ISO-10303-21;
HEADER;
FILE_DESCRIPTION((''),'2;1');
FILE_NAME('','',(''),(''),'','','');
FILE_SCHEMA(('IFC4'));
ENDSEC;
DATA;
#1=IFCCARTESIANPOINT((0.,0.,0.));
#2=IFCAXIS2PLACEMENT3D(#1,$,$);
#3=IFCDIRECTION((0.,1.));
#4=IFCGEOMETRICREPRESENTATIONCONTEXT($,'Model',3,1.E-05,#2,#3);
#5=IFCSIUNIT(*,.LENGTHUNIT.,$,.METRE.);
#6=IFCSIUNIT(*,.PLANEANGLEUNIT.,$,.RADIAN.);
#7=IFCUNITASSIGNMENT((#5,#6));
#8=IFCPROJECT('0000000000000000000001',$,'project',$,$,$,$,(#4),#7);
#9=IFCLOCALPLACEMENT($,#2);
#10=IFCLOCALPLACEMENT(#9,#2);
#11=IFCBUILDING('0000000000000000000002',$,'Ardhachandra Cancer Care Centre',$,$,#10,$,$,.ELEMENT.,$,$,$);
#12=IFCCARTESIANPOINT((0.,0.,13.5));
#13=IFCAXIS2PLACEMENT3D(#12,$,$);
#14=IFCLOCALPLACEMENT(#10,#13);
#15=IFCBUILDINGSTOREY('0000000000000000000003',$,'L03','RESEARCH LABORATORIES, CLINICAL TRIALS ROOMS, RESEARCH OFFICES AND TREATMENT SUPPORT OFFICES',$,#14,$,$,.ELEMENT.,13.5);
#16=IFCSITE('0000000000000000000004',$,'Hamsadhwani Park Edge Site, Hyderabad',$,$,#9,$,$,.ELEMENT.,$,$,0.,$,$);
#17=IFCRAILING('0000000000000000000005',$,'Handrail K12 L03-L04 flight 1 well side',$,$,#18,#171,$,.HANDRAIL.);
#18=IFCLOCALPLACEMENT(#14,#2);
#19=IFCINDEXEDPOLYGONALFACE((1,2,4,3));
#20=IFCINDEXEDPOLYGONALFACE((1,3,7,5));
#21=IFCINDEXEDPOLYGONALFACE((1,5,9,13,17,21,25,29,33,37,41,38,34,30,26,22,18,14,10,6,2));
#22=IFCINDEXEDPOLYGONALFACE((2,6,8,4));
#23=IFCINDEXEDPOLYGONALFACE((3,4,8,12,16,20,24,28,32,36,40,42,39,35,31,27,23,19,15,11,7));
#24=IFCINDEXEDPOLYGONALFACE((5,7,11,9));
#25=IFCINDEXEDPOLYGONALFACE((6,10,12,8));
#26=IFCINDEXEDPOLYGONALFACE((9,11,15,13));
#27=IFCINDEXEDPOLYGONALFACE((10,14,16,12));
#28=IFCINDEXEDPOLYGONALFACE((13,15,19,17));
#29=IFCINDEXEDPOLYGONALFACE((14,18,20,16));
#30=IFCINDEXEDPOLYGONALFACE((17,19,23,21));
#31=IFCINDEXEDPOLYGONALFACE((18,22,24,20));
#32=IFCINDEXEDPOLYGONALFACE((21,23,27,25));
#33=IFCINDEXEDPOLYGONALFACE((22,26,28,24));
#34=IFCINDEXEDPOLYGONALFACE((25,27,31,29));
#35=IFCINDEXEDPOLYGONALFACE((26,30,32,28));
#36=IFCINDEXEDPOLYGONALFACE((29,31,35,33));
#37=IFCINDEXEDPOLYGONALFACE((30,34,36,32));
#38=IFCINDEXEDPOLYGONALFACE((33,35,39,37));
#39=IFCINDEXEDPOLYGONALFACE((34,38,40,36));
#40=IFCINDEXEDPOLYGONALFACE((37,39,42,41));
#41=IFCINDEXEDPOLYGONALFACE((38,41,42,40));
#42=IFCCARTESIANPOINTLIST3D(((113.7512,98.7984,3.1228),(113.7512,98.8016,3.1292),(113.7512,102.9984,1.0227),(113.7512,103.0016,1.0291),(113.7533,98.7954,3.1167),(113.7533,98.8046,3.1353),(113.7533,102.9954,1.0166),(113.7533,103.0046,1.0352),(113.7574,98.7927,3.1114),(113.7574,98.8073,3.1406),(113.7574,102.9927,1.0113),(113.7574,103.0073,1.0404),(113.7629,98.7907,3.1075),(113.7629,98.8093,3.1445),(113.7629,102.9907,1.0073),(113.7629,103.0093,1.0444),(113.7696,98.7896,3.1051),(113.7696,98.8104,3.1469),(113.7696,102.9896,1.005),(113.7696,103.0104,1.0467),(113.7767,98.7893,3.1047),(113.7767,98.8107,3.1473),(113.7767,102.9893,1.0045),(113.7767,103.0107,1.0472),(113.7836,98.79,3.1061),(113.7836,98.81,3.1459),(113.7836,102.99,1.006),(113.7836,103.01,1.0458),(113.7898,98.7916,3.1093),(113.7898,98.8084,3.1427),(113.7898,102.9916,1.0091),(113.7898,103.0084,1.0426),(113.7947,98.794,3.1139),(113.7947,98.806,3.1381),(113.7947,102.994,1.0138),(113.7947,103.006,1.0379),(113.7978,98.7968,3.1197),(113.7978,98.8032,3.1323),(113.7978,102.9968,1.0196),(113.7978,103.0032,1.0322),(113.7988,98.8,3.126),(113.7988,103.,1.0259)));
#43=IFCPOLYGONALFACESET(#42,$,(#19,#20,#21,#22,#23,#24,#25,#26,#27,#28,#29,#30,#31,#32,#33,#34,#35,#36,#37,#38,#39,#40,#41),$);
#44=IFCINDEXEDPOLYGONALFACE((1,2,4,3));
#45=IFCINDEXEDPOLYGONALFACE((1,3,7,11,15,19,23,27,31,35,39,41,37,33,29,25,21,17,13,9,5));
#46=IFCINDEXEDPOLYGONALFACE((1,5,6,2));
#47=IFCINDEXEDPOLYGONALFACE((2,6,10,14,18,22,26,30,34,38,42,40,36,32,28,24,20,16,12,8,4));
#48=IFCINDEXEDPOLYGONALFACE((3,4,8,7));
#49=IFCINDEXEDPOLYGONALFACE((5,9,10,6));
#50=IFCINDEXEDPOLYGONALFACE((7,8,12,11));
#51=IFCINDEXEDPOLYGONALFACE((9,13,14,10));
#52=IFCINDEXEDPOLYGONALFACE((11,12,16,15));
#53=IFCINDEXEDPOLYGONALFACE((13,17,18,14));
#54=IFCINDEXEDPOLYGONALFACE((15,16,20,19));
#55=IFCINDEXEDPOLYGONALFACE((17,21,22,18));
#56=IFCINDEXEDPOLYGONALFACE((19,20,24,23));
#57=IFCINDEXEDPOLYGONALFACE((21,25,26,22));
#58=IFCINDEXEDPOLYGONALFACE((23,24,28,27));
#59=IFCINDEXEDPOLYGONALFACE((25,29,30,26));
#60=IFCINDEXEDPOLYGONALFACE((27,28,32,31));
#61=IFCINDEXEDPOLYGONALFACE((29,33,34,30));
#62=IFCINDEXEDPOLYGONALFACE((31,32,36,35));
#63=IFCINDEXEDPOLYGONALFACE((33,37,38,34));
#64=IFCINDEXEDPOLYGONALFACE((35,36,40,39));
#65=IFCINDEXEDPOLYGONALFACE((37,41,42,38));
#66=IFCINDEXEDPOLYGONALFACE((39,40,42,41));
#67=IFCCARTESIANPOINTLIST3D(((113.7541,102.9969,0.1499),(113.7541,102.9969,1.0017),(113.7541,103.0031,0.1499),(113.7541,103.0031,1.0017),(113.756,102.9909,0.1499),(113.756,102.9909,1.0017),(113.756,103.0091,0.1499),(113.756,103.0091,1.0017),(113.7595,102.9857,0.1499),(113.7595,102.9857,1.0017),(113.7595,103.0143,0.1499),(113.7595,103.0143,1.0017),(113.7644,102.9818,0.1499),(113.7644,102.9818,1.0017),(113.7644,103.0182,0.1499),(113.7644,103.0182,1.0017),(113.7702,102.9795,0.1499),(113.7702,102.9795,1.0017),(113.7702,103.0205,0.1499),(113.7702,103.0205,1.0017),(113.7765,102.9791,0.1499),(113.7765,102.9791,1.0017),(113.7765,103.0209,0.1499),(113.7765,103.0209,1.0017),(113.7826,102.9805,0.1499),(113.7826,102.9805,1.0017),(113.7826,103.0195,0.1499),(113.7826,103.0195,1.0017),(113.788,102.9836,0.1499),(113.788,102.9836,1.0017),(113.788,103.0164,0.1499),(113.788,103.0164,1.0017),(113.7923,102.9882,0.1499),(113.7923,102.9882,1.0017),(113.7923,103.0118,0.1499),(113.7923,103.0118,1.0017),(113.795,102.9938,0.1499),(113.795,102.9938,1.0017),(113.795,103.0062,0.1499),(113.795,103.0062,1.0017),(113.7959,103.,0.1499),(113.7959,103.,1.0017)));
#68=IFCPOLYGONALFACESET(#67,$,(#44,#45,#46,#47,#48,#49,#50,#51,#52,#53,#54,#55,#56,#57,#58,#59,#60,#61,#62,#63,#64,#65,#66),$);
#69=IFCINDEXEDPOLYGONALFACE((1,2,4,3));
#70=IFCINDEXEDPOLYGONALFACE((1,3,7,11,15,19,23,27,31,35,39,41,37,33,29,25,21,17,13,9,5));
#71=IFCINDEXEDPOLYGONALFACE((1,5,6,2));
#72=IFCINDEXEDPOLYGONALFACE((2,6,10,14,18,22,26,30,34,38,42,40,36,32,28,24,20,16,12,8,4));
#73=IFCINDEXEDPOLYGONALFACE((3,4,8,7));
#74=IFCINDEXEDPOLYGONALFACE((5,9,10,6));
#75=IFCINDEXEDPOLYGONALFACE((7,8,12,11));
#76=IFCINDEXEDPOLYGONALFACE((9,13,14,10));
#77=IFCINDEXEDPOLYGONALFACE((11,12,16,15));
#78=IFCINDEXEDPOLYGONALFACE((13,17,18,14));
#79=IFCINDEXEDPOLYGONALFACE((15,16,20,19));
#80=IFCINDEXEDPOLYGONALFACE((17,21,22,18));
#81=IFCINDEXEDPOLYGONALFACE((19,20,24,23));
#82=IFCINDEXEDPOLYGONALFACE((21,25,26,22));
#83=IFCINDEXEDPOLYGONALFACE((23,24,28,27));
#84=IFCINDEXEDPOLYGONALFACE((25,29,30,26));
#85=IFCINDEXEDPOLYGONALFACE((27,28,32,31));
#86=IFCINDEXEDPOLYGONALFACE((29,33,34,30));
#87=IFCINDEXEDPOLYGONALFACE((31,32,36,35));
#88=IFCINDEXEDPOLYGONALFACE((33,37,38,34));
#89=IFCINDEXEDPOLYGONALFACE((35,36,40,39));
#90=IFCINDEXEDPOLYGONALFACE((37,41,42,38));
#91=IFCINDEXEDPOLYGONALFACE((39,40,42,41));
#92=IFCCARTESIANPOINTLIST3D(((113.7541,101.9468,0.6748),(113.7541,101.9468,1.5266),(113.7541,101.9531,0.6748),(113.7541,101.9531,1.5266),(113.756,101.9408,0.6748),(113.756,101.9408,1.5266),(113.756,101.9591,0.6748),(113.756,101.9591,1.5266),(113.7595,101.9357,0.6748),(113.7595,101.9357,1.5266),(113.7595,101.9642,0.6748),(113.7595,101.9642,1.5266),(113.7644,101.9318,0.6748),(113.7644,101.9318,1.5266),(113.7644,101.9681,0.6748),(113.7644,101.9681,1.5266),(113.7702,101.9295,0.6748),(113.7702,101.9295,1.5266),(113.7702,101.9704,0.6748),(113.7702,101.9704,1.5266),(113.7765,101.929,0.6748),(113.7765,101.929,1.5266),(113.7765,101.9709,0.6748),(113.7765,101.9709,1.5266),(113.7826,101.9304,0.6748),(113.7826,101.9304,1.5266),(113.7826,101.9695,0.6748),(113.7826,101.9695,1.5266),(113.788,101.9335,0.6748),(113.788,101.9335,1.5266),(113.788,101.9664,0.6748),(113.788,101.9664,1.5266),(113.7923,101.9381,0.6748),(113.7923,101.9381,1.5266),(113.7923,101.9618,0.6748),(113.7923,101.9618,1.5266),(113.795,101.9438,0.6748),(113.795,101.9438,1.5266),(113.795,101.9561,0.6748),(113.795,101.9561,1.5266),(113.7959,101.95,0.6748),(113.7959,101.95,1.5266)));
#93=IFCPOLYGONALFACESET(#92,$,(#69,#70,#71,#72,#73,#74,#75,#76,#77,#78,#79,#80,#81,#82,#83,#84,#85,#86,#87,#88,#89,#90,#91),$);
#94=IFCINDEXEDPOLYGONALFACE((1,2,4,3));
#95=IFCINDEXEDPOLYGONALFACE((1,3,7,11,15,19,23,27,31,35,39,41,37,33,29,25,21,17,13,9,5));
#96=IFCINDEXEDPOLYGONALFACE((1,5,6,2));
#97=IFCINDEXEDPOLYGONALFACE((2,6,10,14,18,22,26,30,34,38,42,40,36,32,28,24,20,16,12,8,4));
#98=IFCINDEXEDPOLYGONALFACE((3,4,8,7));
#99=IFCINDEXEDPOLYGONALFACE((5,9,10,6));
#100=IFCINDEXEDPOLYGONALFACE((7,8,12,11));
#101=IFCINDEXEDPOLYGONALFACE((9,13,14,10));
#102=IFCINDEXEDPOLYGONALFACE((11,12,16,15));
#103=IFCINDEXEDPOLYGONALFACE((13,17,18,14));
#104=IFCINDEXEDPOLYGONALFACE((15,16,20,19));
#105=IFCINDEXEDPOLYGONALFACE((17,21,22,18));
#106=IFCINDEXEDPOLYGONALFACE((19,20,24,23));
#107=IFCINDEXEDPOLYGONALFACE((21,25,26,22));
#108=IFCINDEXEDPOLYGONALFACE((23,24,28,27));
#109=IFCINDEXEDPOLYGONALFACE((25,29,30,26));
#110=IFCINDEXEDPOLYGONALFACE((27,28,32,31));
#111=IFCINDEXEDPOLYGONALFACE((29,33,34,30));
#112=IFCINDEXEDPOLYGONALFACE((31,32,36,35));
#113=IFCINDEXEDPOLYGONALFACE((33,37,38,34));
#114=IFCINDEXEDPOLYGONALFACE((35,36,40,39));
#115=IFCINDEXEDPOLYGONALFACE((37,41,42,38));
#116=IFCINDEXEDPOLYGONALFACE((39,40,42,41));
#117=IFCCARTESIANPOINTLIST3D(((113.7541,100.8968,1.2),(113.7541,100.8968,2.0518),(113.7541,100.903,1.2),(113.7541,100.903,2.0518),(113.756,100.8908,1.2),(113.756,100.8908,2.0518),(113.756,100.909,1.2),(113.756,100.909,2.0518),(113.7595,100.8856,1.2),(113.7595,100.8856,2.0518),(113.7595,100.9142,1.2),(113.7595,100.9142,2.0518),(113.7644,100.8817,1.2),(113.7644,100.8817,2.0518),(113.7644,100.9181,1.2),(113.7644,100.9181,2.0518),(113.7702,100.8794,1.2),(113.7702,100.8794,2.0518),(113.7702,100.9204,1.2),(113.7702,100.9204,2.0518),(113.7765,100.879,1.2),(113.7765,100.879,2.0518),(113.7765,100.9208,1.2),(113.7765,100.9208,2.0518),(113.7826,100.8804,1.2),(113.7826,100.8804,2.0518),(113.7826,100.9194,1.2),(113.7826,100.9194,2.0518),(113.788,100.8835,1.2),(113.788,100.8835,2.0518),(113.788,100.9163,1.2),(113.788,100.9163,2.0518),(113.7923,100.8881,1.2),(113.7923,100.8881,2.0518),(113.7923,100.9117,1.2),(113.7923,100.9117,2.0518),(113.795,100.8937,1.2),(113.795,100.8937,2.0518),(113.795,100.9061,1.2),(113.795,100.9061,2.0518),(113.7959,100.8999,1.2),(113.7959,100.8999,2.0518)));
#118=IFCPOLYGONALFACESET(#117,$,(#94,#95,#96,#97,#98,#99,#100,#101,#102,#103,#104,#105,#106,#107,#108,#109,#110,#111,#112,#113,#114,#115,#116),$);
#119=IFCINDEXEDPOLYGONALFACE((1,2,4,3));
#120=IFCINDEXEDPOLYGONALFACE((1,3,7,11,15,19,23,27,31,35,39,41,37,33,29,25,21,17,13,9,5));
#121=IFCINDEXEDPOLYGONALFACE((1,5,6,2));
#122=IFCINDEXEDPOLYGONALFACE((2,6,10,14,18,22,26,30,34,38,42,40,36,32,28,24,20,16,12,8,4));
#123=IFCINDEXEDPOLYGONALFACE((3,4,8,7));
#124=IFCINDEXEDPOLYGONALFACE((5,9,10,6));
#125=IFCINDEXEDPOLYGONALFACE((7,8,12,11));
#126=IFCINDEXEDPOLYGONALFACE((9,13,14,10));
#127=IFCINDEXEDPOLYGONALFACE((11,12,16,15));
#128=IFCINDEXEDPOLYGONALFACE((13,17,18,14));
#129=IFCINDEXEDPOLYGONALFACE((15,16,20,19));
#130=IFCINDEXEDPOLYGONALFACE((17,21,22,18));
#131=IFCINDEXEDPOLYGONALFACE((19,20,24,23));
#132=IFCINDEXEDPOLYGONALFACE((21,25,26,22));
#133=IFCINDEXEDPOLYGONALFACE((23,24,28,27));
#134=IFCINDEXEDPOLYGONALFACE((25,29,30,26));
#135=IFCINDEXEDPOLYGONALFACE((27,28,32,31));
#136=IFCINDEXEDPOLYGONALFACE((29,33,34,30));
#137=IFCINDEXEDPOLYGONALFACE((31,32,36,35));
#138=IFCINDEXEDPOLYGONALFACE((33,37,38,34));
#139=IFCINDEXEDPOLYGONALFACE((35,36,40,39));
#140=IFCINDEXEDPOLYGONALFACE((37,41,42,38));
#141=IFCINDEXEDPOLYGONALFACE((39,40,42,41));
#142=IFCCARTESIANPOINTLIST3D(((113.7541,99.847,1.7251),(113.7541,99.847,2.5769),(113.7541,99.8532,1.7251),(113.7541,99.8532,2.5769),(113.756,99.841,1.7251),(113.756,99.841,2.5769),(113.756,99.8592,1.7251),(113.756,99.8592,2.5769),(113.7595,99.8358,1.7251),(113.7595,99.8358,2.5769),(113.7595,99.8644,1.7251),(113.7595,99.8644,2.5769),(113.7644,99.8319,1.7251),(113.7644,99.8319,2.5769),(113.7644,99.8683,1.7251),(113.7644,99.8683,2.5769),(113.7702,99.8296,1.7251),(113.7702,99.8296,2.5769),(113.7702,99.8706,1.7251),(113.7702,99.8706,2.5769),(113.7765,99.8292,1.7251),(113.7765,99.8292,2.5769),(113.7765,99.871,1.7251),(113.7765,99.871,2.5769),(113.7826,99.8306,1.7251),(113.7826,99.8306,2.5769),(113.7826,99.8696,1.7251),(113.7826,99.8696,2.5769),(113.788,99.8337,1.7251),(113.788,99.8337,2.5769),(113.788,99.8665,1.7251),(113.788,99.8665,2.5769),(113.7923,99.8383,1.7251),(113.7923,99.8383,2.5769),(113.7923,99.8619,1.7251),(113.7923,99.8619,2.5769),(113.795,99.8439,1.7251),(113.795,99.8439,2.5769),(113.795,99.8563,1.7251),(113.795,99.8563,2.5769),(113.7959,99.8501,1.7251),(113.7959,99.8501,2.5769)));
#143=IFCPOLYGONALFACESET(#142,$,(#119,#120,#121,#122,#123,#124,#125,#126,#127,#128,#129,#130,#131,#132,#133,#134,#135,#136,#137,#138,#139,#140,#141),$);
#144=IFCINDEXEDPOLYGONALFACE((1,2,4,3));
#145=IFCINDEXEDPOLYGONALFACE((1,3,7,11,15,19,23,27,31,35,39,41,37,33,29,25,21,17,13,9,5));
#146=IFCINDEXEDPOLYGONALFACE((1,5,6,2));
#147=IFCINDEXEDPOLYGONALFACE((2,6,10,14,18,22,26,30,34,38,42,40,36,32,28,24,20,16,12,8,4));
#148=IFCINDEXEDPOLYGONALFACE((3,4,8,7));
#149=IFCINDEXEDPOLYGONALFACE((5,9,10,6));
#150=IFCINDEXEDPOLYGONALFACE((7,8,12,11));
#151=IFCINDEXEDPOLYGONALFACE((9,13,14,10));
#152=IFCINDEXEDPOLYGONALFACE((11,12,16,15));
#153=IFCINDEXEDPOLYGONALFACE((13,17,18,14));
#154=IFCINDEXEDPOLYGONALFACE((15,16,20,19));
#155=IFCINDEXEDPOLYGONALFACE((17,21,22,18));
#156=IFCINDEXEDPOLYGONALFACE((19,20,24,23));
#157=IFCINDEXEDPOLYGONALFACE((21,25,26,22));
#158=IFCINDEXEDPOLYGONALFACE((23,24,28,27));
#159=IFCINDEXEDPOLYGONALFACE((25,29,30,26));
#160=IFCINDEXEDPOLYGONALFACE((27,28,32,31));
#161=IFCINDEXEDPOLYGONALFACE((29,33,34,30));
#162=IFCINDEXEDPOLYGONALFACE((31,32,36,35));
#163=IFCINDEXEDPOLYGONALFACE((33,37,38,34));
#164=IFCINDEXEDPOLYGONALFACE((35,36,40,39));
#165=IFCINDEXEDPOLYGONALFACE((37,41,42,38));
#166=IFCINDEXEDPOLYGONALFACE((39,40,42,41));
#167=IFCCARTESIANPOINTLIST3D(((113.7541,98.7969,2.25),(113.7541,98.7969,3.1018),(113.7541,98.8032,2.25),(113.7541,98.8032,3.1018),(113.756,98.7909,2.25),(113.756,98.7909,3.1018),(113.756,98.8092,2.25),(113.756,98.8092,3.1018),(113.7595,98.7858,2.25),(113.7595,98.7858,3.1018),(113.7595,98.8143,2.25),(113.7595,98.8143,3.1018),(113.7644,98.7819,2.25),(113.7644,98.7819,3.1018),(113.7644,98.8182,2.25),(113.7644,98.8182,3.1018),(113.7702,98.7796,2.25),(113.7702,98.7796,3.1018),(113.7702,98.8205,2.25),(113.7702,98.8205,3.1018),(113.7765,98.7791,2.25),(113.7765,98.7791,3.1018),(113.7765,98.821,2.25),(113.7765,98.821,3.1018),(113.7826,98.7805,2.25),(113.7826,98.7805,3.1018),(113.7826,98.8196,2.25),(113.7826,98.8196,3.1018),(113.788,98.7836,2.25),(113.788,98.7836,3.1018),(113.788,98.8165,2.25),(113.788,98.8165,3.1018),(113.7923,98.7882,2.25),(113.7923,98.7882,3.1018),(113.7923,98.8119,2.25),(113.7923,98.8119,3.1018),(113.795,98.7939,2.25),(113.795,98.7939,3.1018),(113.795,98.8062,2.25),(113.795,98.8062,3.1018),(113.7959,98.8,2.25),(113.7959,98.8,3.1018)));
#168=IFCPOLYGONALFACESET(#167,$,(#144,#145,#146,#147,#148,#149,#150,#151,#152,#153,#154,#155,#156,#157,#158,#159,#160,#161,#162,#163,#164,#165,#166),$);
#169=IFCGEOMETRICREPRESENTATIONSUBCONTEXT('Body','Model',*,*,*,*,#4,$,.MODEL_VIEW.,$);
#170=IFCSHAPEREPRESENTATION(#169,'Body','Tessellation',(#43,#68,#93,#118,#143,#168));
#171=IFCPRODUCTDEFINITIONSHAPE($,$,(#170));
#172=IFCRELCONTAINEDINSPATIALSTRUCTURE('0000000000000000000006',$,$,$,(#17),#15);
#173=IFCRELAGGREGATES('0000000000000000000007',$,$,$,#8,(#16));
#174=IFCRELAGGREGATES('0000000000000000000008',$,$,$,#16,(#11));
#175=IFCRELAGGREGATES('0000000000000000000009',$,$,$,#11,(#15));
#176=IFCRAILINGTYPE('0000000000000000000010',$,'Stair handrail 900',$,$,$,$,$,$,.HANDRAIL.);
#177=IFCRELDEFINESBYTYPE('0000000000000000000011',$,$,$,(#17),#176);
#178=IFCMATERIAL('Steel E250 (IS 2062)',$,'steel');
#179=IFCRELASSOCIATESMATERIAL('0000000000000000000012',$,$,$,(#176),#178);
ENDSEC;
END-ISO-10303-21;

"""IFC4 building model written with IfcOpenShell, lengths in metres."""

from ifc_helpers import new_model, si_unit, direction, frame, origin, origin_2d, place, context, subcontext, project, spatial, circle, extrude, material, type_object, element, save


model = new_model("IFC4")

# Units and contexts
model_context = context("Model", 3, precision=1e-05, world=origin(), true_north=direction((0.0, 1.0)))
body_context = subcontext(model_context, "Body", "Model", "MODEL_VIEW")
ifc_project = project(units=[si_unit("LENGTHUNIT", "METRE"), si_unit("PLANEANGLEUNIT", "RADIAN")], contexts=[model_context])

# Site, building, storey
site_placement = place(None, origin())
site = spatial("IfcSite", under=ifc_project, at=site_placement, Name="Hamsadhwani Park Edge Site, Hyderabad", CompositionType="ELEMENT", RefElevation=0.0)
building_placement = place(site_placement, origin())
building = spatial("IfcBuilding", under=site, at=building_placement, Name="Ardhachandra Cancer Care Centre", CompositionType="ELEMENT")
storey_placement = place(building_placement, frame((0.0, 0.0, 13.5)))
storey = spatial("IfcBuildingStorey", under=building, at=storey_placement, Name="L03", Description="RESEARCH LABORATORIES, CLINICAL TRIALS ROOMS, RESEARCH OFFICES AND TREATMENT SUPPORT OFFICES", CompositionType="ELEMENT", Elevation=13.5)

# Railing
ifc_material_1 = material(Name="Steel E250 (IS 2062)", Category="steel")
railing_type_1 = type_object("IfcRailingType", Name="Stair handrail 900", PredefinedType="HANDRAIL", material=ifc_material_1)
for number, where, name in (
    (1, (113.7749, 103.0, 0.1499), "Handrail K12 L03-L04 flight 1 well side"),
):
    element("IfcRailing", number, at=place(storey_placement, frame(where)), inside=storey, type_object=railing_type_1, Name=name, PredefinedType="HANDRAIL", context=body_context, shape_type="SweptSolid", body=[
        extrude(circle(Radius=0.0239, at=origin_2d()), frame((0.0, 0.0, 0.876), z_axis=(0.0, -0.894417, 0.447234), x_axis=(1.0, 0.0, 0.0)), (0.0, 0.0, 1.0), 4.6958),
        extrude(circle(Radius=0.021, at=origin_2d()), origin(), (0.0, 0.0, 1.0), 0.8518),
        extrude(circle(Radius=0.021, at=origin_2d()), frame((0.0, -1.05, 0.5249)), (0.0, 0.0, 1.0), 0.8518),
        extrude(circle(Radius=0.021, at=origin_2d()), frame((0.0, -2.1001, 1.05)), (0.0, 0.0, 1.0), 0.8518),
        extrude(circle(Radius=0.021, at=origin_2d()), frame((0.0, -3.1499, 1.5752)), (0.0, 0.0, 1.0), 0.8518),
        extrude(circle(Radius=0.021, at=origin_2d()), frame((0.0, -4.2, 2.1001)), (0.0, 0.0, 1.0), 0.8518),
    ])

save(model, "model.ifc")
